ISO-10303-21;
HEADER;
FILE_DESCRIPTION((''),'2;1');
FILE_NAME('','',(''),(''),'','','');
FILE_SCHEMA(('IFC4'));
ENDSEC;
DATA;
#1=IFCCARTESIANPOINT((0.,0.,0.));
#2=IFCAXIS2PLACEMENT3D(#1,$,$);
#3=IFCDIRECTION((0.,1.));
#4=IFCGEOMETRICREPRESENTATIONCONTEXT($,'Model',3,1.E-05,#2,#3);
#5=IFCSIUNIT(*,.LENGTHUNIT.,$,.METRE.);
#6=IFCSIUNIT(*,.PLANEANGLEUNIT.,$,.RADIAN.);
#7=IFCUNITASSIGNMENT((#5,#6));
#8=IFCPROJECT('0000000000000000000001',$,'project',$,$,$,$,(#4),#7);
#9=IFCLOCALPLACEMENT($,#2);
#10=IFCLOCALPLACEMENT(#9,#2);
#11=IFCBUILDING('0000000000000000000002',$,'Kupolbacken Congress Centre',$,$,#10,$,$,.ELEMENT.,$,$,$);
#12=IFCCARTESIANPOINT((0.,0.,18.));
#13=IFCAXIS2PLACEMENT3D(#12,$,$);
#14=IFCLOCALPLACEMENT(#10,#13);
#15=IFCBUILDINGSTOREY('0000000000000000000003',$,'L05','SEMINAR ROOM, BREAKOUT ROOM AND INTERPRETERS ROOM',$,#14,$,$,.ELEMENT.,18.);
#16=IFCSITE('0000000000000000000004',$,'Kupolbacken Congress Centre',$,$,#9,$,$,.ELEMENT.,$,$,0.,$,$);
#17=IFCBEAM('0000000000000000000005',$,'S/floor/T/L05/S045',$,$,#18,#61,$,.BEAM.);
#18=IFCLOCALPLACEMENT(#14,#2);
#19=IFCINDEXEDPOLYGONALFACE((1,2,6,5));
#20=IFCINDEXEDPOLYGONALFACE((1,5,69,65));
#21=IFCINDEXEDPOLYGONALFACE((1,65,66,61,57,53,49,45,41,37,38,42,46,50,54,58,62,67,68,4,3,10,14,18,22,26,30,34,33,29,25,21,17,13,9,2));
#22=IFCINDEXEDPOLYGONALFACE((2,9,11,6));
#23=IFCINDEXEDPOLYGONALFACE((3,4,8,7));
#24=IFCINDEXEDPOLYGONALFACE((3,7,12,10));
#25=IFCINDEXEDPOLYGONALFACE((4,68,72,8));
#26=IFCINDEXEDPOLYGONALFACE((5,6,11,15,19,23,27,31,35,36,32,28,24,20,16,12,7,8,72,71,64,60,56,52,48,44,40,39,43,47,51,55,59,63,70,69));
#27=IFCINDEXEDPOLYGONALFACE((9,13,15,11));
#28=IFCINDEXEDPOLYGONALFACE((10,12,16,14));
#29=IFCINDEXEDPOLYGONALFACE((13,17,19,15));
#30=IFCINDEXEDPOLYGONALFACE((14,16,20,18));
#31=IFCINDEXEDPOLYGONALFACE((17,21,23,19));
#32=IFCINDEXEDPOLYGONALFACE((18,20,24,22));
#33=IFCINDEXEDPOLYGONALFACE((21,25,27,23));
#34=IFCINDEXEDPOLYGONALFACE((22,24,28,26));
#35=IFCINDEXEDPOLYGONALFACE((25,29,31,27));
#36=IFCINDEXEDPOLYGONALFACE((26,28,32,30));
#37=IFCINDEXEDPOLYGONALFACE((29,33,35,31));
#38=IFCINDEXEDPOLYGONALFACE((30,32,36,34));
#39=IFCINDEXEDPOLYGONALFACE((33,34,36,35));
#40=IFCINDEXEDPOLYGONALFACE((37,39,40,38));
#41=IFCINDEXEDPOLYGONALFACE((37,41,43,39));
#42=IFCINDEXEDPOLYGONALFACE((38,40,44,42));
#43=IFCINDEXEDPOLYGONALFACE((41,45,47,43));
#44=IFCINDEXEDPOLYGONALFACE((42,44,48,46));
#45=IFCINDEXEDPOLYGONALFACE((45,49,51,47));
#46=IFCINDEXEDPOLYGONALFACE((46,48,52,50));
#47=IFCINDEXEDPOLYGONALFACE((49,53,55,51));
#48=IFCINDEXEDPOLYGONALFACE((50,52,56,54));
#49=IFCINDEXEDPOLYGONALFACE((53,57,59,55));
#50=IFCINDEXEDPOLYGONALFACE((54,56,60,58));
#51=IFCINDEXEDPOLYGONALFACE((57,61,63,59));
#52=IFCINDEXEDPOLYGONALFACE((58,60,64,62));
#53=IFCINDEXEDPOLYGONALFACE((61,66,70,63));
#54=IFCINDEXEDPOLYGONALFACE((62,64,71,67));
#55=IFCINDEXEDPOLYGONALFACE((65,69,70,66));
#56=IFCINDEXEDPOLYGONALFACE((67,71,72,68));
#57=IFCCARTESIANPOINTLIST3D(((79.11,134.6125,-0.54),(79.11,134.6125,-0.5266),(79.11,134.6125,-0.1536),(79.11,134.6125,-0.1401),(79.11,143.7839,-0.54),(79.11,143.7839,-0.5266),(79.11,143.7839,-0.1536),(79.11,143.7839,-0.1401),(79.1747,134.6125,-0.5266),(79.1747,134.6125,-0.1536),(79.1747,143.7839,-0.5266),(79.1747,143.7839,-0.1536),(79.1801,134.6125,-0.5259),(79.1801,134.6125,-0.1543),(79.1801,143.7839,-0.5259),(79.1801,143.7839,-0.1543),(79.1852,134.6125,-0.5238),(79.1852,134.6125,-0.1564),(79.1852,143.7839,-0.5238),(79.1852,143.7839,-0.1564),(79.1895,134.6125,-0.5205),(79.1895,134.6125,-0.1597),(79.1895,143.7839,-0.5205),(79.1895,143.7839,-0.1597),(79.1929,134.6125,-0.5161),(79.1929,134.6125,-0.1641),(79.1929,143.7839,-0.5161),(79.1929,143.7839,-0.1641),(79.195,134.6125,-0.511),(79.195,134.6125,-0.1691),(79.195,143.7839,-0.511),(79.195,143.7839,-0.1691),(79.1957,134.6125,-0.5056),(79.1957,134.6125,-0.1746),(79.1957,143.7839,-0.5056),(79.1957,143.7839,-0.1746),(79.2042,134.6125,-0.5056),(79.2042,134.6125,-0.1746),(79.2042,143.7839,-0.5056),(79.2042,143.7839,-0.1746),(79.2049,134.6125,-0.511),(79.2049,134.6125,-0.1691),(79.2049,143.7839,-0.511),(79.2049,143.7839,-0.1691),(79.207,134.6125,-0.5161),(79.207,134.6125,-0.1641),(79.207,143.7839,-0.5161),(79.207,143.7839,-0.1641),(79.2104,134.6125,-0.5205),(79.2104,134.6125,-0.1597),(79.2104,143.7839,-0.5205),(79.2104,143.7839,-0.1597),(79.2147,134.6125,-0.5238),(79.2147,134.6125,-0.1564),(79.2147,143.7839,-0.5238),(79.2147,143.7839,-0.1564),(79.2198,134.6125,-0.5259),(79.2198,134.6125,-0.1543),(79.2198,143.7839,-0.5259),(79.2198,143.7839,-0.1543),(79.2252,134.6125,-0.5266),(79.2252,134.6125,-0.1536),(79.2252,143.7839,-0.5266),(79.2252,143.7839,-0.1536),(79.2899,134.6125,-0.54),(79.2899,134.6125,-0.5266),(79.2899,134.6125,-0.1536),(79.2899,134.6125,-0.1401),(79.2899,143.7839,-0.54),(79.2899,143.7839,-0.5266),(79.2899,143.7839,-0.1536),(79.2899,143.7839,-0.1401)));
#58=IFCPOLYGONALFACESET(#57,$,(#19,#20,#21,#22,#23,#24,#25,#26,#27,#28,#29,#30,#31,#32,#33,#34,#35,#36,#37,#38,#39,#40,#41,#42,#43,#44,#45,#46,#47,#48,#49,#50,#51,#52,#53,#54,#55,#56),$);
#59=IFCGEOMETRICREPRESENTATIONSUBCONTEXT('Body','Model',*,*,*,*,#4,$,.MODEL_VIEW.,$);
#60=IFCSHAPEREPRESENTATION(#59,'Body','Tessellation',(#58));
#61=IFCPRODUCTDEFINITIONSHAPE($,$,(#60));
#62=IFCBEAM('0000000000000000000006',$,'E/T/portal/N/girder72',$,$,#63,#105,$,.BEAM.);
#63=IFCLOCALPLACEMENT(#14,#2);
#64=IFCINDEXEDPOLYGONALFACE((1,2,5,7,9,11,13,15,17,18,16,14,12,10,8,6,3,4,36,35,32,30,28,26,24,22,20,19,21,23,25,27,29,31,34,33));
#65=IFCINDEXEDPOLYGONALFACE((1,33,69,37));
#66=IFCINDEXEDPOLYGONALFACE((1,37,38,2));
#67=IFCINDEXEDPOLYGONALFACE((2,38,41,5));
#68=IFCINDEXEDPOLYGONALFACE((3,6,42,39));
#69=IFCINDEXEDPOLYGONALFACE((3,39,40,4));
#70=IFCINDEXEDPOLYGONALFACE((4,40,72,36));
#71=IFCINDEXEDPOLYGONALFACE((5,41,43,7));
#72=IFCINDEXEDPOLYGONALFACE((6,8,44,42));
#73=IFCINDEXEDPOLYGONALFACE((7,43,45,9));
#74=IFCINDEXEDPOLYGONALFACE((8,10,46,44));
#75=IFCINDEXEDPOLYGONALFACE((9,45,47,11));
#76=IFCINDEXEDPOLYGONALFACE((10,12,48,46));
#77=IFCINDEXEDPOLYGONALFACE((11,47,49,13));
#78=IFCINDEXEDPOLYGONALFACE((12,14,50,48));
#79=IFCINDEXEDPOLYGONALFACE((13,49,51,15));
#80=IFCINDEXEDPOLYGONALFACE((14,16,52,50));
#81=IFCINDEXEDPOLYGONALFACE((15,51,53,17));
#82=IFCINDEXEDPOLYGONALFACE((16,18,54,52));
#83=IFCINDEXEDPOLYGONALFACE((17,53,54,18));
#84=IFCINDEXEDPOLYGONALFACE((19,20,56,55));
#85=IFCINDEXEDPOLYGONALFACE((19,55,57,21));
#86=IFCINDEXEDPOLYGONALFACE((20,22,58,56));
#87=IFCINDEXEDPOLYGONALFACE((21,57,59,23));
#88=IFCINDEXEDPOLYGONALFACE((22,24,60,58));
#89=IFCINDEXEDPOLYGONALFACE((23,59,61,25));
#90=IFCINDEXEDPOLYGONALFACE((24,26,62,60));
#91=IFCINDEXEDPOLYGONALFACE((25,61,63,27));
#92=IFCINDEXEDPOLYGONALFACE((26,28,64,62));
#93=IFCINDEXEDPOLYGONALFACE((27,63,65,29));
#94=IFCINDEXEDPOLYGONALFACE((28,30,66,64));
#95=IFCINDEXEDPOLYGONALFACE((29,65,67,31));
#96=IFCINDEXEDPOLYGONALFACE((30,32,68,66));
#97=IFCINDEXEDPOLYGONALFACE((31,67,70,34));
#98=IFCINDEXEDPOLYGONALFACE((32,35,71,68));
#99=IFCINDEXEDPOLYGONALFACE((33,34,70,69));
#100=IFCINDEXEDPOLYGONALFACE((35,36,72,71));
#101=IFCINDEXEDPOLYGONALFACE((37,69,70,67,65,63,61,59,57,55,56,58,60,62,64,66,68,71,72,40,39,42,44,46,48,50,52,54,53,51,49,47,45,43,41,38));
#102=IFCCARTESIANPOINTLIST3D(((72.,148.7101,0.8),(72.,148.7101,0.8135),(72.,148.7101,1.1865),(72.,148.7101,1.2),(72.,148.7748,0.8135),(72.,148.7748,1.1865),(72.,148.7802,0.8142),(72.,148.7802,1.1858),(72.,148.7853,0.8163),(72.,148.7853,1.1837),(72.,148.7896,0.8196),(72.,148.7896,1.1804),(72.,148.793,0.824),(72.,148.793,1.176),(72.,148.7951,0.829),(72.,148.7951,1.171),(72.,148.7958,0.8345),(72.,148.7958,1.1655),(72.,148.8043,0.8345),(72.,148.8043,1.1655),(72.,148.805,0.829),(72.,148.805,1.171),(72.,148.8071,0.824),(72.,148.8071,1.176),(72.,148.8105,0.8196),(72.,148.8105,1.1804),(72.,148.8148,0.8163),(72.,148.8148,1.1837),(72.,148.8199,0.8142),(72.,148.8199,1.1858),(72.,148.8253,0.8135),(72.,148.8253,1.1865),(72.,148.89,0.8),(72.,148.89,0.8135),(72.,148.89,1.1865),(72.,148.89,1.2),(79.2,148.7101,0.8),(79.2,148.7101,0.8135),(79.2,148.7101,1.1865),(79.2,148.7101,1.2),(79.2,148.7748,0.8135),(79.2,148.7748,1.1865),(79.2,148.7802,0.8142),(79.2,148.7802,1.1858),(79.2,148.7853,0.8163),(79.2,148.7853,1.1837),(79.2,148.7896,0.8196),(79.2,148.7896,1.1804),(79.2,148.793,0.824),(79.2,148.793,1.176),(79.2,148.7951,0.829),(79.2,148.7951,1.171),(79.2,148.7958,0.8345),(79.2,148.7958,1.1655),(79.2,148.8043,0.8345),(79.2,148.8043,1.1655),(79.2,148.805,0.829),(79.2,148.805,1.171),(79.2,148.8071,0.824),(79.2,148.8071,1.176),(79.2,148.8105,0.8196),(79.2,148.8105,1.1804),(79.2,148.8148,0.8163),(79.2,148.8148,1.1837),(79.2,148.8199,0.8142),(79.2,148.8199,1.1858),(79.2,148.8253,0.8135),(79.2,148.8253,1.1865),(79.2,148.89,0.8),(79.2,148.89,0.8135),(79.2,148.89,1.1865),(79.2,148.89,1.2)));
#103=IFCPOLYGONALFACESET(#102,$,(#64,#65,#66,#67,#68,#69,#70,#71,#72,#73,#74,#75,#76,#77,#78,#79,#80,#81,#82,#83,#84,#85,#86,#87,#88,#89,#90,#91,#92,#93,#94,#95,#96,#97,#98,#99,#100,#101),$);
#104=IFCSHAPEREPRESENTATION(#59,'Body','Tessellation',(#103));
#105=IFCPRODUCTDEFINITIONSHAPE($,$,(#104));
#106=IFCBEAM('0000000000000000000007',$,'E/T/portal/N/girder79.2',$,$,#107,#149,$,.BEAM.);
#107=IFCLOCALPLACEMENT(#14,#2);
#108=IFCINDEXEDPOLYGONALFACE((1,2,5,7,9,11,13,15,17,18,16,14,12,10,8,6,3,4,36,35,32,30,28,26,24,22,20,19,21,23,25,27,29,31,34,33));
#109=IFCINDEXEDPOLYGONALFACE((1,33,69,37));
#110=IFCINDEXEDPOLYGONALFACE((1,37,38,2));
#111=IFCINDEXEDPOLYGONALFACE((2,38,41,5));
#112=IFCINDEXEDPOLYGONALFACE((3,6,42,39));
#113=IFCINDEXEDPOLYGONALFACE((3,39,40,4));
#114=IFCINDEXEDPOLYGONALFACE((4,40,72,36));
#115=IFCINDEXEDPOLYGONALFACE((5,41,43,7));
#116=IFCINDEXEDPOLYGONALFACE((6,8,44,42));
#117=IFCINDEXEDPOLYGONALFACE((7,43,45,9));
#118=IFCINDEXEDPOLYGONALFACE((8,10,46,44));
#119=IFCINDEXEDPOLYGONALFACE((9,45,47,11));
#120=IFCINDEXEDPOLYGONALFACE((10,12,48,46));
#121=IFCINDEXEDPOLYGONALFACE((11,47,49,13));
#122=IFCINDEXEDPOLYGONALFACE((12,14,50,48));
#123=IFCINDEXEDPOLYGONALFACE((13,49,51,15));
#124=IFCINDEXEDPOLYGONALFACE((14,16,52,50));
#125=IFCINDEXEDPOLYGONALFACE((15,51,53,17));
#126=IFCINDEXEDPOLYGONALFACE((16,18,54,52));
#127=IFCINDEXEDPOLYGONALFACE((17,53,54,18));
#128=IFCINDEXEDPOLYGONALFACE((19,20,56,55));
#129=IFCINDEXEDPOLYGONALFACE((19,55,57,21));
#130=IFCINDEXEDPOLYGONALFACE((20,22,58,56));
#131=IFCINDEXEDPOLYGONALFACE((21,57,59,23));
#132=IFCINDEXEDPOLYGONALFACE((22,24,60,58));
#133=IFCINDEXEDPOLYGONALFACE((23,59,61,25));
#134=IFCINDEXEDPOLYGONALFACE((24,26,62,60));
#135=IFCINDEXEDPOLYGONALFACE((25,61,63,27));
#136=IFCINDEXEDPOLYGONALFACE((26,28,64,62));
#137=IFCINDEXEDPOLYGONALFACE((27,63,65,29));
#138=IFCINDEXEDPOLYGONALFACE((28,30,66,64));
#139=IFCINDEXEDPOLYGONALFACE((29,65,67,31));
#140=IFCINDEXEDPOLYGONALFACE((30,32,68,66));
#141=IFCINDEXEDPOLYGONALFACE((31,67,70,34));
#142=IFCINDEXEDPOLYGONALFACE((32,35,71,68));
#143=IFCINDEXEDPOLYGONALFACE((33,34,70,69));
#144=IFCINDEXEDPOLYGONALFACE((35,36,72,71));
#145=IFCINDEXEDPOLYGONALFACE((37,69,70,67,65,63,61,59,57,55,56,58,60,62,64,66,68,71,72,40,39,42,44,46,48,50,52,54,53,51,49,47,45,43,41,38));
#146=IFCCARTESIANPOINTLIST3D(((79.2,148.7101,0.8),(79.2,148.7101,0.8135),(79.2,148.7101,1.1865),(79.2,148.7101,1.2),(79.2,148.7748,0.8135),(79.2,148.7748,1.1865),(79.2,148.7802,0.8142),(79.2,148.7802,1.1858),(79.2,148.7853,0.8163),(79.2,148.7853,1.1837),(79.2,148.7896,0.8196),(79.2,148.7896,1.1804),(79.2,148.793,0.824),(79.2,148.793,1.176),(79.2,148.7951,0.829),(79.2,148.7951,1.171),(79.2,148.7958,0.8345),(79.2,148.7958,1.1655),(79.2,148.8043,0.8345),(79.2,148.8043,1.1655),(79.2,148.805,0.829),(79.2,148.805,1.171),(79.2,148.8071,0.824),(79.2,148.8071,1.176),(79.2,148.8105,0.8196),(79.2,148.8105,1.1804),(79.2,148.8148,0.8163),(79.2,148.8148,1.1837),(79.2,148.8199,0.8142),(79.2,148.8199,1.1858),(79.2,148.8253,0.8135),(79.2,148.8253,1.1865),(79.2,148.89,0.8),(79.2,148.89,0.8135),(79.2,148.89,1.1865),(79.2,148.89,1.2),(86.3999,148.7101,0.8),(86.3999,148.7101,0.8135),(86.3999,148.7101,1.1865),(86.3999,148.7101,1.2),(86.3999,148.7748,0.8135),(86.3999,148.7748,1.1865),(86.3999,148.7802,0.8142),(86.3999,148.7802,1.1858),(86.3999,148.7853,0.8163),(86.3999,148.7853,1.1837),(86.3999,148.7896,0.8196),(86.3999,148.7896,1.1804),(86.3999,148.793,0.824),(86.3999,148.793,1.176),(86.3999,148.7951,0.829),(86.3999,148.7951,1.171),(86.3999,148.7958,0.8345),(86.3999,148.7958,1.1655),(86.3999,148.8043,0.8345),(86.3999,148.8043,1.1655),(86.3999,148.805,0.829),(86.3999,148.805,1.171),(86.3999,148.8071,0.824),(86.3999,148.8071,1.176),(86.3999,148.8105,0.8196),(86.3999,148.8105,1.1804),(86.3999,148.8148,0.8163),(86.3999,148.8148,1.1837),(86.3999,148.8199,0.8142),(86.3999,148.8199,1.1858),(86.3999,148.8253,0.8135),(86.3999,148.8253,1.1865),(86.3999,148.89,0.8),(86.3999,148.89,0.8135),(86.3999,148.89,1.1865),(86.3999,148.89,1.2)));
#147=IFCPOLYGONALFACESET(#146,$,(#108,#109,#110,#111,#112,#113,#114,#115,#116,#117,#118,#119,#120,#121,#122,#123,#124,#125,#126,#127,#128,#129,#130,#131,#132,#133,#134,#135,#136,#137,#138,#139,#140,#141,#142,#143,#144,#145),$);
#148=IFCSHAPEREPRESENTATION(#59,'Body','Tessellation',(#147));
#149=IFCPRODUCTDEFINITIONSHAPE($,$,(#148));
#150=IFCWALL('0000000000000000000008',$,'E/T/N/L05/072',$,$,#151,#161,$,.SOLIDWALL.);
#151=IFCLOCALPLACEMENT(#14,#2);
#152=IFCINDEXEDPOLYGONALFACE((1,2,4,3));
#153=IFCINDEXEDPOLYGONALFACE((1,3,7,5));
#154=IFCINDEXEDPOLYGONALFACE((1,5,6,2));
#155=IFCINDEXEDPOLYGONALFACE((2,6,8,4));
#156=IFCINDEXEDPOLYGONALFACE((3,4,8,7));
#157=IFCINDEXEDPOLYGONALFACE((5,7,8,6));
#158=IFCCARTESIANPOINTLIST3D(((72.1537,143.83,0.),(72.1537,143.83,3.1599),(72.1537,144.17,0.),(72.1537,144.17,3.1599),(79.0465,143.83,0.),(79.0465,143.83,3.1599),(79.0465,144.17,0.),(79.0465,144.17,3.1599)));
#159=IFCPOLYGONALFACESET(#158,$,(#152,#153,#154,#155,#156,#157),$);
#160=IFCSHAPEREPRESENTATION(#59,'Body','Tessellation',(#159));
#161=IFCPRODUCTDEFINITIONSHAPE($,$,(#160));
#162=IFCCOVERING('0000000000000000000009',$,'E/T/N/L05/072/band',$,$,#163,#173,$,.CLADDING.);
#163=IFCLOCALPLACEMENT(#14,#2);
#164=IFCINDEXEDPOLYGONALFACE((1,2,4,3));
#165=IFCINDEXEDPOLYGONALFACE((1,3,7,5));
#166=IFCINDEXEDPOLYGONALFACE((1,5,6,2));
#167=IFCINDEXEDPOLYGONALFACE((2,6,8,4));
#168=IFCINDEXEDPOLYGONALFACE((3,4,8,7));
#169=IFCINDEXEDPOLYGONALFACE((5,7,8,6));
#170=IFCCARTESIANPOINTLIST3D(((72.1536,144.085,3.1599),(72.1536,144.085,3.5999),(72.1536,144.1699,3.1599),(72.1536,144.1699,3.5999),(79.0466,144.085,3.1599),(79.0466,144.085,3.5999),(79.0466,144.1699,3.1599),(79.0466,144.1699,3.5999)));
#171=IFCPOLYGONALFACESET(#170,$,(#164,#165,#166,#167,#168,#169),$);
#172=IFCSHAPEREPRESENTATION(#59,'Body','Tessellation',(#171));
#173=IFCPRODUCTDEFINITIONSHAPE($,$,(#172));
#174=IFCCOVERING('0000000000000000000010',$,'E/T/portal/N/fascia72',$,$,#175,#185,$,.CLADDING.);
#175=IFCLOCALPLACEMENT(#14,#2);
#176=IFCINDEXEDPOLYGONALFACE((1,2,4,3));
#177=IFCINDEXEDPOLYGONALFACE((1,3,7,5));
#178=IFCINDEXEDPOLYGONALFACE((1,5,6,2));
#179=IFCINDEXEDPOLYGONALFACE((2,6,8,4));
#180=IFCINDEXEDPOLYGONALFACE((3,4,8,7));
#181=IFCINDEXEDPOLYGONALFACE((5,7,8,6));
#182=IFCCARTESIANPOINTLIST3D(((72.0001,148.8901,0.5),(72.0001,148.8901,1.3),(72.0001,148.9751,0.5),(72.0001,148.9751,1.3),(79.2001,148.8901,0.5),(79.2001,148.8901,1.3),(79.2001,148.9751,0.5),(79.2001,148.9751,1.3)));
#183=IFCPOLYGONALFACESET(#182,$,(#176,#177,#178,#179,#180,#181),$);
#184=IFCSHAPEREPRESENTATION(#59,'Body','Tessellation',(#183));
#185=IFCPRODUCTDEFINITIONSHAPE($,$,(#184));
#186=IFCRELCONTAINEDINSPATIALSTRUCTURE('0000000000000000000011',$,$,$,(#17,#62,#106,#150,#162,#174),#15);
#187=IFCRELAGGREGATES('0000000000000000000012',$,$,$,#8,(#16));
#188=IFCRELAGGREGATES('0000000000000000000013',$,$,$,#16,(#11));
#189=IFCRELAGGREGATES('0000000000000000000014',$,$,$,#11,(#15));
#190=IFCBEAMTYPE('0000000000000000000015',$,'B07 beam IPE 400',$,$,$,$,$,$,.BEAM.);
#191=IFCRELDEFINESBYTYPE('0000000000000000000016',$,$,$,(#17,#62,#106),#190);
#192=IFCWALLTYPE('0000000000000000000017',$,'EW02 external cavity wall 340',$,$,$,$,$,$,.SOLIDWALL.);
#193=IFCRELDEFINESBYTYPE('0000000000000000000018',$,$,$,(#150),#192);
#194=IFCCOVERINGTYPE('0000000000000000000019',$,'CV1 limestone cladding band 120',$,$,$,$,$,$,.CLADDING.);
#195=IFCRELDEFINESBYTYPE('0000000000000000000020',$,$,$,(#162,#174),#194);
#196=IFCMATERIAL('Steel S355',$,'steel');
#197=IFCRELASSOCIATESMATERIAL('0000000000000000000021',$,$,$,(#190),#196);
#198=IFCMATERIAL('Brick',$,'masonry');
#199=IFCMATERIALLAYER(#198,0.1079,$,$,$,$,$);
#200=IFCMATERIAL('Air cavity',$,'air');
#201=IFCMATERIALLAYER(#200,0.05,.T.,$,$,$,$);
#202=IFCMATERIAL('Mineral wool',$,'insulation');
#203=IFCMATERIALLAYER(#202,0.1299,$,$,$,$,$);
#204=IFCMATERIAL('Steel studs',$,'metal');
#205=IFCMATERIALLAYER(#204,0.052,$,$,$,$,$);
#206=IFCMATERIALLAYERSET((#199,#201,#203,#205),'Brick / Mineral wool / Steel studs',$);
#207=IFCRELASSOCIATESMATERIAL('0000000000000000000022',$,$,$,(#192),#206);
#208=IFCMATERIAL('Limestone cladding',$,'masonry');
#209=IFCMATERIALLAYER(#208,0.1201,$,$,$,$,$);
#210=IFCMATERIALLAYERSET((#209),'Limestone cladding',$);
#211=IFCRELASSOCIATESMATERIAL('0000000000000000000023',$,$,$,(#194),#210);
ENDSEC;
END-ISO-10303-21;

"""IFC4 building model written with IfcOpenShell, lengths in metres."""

from ifc_helpers import new_model, si_unit, direction, frame, frame_2d, origin, origin_2d, place, context, subcontext, project, spatial, rectangle, i_section, extrude, material, layer, layer_set, material_profile, profile_set, type_object, element, save


model = new_model("IFC4")

# Units and contexts
model_context = context("Model", 3, precision=1e-05, world=origin(), true_north=direction((0.0, 1.0)))
body_context = subcontext(model_context, "Body", "Model", "MODEL_VIEW")
ifc_project = project(units=[si_unit("LENGTHUNIT", "METRE"), si_unit("PLANEANGLEUNIT", "RADIAN")], contexts=[model_context])

# Site, building, storey
site_placement = place(None, origin())
site = spatial("IfcSite", under=ifc_project, at=site_placement, Name="Kupolbacken Congress Centre", CompositionType="ELEMENT", RefElevation=0.0)
building_placement = place(site_placement, origin())
building = spatial("IfcBuilding", under=site, at=building_placement, Name="Kupolbacken Congress Centre", CompositionType="ELEMENT")
storey_placement = place(building_placement, frame((0.0, 0.0, 18.0)))
storey = spatial("IfcBuildingStorey", under=building, at=storey_placement, Name="L05", Description="SEMINAR ROOM, BREAKOUT ROOM AND INTERPRETERS ROOM", CompositionType="ELEMENT", Elevation=18.0)

# Beams
ifc_material_1 = material(Name="Steel S355", Category="steel")
ifc_material_profile_1 = material_profile(ifc_material_1, i_section(OverallWidth=0.1799, OverallDepth=0.3999, WebThickness=0.0085, FlangeThickness=0.0134, FilletRadius=0.021, at=origin_2d()), Name="IPE 400")
ifc_profile_set_1 = profile_set([ifc_material_profile_1], Name="Steel S355")
beam_type_1 = type_object("IfcBeamType", Name="B07 beam IPE 400", PredefinedType="BEAM", material=ifc_profile_set_1)
beam_1_placement = place(storey_placement, frame((79.2, 134.6125, -0.3401), z_axis=(0.0, 1.0, 0.0), x_axis=(-1.0, 0.0, 0.0)))
element("IfcBeam", 1, at=beam_1_placement, inside=storey, type_object=beam_type_1, Name="S/floor/T/L05/S045", PredefinedType="BEAM", context=body_context, shape_type="SweptSolid", body=[
    extrude(i_section(OverallWidth=0.1799, OverallDepth=0.3999, WebThickness=0.0085, FlangeThickness=0.0134, FilletRadius=0.021, at=origin_2d()), origin(), (0.0, 0.0, 1.0), 9.1714),
])
for number, where, z_axis, x_axis, name in (
    (2, (72.0, 148.8, 1.0), (1.0, 0.0, 0.0), (0.0, 1.0, 0.0), "E/T/portal/N/girder72"),
    (3, (79.2, 148.8, 1.0), (1.0, 0.0, 0.0), (0.0, 1.0, 0.0), "E/T/portal/N/girder79.2"),
):
    element("IfcBeam", number, at=place(storey_placement, frame(where, z_axis=z_axis, x_axis=x_axis)), inside=storey, type_object=beam_type_1, Name=name, PredefinedType="BEAM", context=body_context, shape_type="SweptSolid", body=[
        extrude(i_section(OverallWidth=0.1799, OverallDepth=0.3999, WebThickness=0.0085, FlangeThickness=0.0134, FilletRadius=0.021, at=origin_2d()), origin(), (0.0, 0.0, 1.0), 7.2),
    ])

# Wall
ifc_material_2 = material(Name="Brick", Category="masonry")
ifc_layer_1 = layer(ifc_material_2, 0.1079)
ifc_material_3 = material(Name="Air cavity", Category="air")
ifc_layer_2 = layer(ifc_material_3, 0.05, ventilated=True)
ifc_material_4 = material(Name="Mineral wool", Category="insulation")
ifc_layer_3 = layer(ifc_material_4, 0.1299)
ifc_material_5 = material(Name="Steel studs", Category="metal")
ifc_layer_4 = layer(ifc_material_5, 0.052)
ifc_layer_set_1 = layer_set([ifc_layer_1, ifc_layer_2, ifc_layer_3, ifc_layer_4], Name="Brick / Mineral wool / Steel studs")
wall_type = type_object("IfcWallType", Name="EW02 external cavity wall 340", PredefinedType="SOLIDWALL", material=ifc_layer_set_1)
wall_placement = place(storey_placement, frame((79.0464, 144.0, 0.0), z_axis=(0.0, 0.0, 1.0), x_axis=(-1.0, 0.0, 0.0)))
element("IfcWall", 4, at=wall_placement, inside=storey, type_object=wall_type, Name="E/T/N/L05/072", PredefinedType="SOLIDWALL", context=body_context, shape_type="SweptSolid", body=[
    extrude(rectangle(XDim=6.8928, YDim=0.3401, at=frame_2d((3.4463, 0.0))), origin(), (0.0, 0.0, 1.0), 3.1599),
])

# Coverings
ifc_material_6 = material(Name="Limestone cladding", Category="masonry")
ifc_layer_5 = layer(ifc_material_6, 0.1201)
ifc_layer_set_2 = layer_set([ifc_layer_5], Name="Limestone cladding")
covering_type_1 = type_object("IfcCoveringType", Name="CV1 limestone cladding band 120", PredefinedType="CLADDING", material=ifc_layer_set_2)
covering_1_placement = place(storey_placement, frame((75.6001, 144.1274, 3.1599), z_axis=(0.0, 0.0, 1.0), x_axis=(-1.0, 0.0, 0.0)))
element("IfcCovering", 5, at=covering_1_placement, inside=storey, type_object=covering_type_1, Name="E/T/N/L05/072/band", PredefinedType="CLADDING", context=body_context, shape_type="SweptSolid", body=[
    extrude(rectangle(XDim=6.8931, YDim=0.085, at=origin_2d()), origin(), (0.0, 0.0, 1.0), 0.4399),
])
covering_2_placement = place(storey_placement, frame((75.6001, 148.9326, 0.5), z_axis=(0.0, 0.0, 1.0), x_axis=(1.0, 0.0, 0.0)))
element("IfcCovering", 6, at=covering_2_placement, inside=storey, type_object=covering_type_1, Name="E/T/portal/N/fascia72", PredefinedType="CLADDING", context=body_context, shape_type="SweptSolid", body=[
    extrude(rectangle(XDim=7.2, YDim=0.085, at=origin_2d()), origin(), (0.0, 0.0, 1.0), 0.8),
])

save(model, "model.ifc")
